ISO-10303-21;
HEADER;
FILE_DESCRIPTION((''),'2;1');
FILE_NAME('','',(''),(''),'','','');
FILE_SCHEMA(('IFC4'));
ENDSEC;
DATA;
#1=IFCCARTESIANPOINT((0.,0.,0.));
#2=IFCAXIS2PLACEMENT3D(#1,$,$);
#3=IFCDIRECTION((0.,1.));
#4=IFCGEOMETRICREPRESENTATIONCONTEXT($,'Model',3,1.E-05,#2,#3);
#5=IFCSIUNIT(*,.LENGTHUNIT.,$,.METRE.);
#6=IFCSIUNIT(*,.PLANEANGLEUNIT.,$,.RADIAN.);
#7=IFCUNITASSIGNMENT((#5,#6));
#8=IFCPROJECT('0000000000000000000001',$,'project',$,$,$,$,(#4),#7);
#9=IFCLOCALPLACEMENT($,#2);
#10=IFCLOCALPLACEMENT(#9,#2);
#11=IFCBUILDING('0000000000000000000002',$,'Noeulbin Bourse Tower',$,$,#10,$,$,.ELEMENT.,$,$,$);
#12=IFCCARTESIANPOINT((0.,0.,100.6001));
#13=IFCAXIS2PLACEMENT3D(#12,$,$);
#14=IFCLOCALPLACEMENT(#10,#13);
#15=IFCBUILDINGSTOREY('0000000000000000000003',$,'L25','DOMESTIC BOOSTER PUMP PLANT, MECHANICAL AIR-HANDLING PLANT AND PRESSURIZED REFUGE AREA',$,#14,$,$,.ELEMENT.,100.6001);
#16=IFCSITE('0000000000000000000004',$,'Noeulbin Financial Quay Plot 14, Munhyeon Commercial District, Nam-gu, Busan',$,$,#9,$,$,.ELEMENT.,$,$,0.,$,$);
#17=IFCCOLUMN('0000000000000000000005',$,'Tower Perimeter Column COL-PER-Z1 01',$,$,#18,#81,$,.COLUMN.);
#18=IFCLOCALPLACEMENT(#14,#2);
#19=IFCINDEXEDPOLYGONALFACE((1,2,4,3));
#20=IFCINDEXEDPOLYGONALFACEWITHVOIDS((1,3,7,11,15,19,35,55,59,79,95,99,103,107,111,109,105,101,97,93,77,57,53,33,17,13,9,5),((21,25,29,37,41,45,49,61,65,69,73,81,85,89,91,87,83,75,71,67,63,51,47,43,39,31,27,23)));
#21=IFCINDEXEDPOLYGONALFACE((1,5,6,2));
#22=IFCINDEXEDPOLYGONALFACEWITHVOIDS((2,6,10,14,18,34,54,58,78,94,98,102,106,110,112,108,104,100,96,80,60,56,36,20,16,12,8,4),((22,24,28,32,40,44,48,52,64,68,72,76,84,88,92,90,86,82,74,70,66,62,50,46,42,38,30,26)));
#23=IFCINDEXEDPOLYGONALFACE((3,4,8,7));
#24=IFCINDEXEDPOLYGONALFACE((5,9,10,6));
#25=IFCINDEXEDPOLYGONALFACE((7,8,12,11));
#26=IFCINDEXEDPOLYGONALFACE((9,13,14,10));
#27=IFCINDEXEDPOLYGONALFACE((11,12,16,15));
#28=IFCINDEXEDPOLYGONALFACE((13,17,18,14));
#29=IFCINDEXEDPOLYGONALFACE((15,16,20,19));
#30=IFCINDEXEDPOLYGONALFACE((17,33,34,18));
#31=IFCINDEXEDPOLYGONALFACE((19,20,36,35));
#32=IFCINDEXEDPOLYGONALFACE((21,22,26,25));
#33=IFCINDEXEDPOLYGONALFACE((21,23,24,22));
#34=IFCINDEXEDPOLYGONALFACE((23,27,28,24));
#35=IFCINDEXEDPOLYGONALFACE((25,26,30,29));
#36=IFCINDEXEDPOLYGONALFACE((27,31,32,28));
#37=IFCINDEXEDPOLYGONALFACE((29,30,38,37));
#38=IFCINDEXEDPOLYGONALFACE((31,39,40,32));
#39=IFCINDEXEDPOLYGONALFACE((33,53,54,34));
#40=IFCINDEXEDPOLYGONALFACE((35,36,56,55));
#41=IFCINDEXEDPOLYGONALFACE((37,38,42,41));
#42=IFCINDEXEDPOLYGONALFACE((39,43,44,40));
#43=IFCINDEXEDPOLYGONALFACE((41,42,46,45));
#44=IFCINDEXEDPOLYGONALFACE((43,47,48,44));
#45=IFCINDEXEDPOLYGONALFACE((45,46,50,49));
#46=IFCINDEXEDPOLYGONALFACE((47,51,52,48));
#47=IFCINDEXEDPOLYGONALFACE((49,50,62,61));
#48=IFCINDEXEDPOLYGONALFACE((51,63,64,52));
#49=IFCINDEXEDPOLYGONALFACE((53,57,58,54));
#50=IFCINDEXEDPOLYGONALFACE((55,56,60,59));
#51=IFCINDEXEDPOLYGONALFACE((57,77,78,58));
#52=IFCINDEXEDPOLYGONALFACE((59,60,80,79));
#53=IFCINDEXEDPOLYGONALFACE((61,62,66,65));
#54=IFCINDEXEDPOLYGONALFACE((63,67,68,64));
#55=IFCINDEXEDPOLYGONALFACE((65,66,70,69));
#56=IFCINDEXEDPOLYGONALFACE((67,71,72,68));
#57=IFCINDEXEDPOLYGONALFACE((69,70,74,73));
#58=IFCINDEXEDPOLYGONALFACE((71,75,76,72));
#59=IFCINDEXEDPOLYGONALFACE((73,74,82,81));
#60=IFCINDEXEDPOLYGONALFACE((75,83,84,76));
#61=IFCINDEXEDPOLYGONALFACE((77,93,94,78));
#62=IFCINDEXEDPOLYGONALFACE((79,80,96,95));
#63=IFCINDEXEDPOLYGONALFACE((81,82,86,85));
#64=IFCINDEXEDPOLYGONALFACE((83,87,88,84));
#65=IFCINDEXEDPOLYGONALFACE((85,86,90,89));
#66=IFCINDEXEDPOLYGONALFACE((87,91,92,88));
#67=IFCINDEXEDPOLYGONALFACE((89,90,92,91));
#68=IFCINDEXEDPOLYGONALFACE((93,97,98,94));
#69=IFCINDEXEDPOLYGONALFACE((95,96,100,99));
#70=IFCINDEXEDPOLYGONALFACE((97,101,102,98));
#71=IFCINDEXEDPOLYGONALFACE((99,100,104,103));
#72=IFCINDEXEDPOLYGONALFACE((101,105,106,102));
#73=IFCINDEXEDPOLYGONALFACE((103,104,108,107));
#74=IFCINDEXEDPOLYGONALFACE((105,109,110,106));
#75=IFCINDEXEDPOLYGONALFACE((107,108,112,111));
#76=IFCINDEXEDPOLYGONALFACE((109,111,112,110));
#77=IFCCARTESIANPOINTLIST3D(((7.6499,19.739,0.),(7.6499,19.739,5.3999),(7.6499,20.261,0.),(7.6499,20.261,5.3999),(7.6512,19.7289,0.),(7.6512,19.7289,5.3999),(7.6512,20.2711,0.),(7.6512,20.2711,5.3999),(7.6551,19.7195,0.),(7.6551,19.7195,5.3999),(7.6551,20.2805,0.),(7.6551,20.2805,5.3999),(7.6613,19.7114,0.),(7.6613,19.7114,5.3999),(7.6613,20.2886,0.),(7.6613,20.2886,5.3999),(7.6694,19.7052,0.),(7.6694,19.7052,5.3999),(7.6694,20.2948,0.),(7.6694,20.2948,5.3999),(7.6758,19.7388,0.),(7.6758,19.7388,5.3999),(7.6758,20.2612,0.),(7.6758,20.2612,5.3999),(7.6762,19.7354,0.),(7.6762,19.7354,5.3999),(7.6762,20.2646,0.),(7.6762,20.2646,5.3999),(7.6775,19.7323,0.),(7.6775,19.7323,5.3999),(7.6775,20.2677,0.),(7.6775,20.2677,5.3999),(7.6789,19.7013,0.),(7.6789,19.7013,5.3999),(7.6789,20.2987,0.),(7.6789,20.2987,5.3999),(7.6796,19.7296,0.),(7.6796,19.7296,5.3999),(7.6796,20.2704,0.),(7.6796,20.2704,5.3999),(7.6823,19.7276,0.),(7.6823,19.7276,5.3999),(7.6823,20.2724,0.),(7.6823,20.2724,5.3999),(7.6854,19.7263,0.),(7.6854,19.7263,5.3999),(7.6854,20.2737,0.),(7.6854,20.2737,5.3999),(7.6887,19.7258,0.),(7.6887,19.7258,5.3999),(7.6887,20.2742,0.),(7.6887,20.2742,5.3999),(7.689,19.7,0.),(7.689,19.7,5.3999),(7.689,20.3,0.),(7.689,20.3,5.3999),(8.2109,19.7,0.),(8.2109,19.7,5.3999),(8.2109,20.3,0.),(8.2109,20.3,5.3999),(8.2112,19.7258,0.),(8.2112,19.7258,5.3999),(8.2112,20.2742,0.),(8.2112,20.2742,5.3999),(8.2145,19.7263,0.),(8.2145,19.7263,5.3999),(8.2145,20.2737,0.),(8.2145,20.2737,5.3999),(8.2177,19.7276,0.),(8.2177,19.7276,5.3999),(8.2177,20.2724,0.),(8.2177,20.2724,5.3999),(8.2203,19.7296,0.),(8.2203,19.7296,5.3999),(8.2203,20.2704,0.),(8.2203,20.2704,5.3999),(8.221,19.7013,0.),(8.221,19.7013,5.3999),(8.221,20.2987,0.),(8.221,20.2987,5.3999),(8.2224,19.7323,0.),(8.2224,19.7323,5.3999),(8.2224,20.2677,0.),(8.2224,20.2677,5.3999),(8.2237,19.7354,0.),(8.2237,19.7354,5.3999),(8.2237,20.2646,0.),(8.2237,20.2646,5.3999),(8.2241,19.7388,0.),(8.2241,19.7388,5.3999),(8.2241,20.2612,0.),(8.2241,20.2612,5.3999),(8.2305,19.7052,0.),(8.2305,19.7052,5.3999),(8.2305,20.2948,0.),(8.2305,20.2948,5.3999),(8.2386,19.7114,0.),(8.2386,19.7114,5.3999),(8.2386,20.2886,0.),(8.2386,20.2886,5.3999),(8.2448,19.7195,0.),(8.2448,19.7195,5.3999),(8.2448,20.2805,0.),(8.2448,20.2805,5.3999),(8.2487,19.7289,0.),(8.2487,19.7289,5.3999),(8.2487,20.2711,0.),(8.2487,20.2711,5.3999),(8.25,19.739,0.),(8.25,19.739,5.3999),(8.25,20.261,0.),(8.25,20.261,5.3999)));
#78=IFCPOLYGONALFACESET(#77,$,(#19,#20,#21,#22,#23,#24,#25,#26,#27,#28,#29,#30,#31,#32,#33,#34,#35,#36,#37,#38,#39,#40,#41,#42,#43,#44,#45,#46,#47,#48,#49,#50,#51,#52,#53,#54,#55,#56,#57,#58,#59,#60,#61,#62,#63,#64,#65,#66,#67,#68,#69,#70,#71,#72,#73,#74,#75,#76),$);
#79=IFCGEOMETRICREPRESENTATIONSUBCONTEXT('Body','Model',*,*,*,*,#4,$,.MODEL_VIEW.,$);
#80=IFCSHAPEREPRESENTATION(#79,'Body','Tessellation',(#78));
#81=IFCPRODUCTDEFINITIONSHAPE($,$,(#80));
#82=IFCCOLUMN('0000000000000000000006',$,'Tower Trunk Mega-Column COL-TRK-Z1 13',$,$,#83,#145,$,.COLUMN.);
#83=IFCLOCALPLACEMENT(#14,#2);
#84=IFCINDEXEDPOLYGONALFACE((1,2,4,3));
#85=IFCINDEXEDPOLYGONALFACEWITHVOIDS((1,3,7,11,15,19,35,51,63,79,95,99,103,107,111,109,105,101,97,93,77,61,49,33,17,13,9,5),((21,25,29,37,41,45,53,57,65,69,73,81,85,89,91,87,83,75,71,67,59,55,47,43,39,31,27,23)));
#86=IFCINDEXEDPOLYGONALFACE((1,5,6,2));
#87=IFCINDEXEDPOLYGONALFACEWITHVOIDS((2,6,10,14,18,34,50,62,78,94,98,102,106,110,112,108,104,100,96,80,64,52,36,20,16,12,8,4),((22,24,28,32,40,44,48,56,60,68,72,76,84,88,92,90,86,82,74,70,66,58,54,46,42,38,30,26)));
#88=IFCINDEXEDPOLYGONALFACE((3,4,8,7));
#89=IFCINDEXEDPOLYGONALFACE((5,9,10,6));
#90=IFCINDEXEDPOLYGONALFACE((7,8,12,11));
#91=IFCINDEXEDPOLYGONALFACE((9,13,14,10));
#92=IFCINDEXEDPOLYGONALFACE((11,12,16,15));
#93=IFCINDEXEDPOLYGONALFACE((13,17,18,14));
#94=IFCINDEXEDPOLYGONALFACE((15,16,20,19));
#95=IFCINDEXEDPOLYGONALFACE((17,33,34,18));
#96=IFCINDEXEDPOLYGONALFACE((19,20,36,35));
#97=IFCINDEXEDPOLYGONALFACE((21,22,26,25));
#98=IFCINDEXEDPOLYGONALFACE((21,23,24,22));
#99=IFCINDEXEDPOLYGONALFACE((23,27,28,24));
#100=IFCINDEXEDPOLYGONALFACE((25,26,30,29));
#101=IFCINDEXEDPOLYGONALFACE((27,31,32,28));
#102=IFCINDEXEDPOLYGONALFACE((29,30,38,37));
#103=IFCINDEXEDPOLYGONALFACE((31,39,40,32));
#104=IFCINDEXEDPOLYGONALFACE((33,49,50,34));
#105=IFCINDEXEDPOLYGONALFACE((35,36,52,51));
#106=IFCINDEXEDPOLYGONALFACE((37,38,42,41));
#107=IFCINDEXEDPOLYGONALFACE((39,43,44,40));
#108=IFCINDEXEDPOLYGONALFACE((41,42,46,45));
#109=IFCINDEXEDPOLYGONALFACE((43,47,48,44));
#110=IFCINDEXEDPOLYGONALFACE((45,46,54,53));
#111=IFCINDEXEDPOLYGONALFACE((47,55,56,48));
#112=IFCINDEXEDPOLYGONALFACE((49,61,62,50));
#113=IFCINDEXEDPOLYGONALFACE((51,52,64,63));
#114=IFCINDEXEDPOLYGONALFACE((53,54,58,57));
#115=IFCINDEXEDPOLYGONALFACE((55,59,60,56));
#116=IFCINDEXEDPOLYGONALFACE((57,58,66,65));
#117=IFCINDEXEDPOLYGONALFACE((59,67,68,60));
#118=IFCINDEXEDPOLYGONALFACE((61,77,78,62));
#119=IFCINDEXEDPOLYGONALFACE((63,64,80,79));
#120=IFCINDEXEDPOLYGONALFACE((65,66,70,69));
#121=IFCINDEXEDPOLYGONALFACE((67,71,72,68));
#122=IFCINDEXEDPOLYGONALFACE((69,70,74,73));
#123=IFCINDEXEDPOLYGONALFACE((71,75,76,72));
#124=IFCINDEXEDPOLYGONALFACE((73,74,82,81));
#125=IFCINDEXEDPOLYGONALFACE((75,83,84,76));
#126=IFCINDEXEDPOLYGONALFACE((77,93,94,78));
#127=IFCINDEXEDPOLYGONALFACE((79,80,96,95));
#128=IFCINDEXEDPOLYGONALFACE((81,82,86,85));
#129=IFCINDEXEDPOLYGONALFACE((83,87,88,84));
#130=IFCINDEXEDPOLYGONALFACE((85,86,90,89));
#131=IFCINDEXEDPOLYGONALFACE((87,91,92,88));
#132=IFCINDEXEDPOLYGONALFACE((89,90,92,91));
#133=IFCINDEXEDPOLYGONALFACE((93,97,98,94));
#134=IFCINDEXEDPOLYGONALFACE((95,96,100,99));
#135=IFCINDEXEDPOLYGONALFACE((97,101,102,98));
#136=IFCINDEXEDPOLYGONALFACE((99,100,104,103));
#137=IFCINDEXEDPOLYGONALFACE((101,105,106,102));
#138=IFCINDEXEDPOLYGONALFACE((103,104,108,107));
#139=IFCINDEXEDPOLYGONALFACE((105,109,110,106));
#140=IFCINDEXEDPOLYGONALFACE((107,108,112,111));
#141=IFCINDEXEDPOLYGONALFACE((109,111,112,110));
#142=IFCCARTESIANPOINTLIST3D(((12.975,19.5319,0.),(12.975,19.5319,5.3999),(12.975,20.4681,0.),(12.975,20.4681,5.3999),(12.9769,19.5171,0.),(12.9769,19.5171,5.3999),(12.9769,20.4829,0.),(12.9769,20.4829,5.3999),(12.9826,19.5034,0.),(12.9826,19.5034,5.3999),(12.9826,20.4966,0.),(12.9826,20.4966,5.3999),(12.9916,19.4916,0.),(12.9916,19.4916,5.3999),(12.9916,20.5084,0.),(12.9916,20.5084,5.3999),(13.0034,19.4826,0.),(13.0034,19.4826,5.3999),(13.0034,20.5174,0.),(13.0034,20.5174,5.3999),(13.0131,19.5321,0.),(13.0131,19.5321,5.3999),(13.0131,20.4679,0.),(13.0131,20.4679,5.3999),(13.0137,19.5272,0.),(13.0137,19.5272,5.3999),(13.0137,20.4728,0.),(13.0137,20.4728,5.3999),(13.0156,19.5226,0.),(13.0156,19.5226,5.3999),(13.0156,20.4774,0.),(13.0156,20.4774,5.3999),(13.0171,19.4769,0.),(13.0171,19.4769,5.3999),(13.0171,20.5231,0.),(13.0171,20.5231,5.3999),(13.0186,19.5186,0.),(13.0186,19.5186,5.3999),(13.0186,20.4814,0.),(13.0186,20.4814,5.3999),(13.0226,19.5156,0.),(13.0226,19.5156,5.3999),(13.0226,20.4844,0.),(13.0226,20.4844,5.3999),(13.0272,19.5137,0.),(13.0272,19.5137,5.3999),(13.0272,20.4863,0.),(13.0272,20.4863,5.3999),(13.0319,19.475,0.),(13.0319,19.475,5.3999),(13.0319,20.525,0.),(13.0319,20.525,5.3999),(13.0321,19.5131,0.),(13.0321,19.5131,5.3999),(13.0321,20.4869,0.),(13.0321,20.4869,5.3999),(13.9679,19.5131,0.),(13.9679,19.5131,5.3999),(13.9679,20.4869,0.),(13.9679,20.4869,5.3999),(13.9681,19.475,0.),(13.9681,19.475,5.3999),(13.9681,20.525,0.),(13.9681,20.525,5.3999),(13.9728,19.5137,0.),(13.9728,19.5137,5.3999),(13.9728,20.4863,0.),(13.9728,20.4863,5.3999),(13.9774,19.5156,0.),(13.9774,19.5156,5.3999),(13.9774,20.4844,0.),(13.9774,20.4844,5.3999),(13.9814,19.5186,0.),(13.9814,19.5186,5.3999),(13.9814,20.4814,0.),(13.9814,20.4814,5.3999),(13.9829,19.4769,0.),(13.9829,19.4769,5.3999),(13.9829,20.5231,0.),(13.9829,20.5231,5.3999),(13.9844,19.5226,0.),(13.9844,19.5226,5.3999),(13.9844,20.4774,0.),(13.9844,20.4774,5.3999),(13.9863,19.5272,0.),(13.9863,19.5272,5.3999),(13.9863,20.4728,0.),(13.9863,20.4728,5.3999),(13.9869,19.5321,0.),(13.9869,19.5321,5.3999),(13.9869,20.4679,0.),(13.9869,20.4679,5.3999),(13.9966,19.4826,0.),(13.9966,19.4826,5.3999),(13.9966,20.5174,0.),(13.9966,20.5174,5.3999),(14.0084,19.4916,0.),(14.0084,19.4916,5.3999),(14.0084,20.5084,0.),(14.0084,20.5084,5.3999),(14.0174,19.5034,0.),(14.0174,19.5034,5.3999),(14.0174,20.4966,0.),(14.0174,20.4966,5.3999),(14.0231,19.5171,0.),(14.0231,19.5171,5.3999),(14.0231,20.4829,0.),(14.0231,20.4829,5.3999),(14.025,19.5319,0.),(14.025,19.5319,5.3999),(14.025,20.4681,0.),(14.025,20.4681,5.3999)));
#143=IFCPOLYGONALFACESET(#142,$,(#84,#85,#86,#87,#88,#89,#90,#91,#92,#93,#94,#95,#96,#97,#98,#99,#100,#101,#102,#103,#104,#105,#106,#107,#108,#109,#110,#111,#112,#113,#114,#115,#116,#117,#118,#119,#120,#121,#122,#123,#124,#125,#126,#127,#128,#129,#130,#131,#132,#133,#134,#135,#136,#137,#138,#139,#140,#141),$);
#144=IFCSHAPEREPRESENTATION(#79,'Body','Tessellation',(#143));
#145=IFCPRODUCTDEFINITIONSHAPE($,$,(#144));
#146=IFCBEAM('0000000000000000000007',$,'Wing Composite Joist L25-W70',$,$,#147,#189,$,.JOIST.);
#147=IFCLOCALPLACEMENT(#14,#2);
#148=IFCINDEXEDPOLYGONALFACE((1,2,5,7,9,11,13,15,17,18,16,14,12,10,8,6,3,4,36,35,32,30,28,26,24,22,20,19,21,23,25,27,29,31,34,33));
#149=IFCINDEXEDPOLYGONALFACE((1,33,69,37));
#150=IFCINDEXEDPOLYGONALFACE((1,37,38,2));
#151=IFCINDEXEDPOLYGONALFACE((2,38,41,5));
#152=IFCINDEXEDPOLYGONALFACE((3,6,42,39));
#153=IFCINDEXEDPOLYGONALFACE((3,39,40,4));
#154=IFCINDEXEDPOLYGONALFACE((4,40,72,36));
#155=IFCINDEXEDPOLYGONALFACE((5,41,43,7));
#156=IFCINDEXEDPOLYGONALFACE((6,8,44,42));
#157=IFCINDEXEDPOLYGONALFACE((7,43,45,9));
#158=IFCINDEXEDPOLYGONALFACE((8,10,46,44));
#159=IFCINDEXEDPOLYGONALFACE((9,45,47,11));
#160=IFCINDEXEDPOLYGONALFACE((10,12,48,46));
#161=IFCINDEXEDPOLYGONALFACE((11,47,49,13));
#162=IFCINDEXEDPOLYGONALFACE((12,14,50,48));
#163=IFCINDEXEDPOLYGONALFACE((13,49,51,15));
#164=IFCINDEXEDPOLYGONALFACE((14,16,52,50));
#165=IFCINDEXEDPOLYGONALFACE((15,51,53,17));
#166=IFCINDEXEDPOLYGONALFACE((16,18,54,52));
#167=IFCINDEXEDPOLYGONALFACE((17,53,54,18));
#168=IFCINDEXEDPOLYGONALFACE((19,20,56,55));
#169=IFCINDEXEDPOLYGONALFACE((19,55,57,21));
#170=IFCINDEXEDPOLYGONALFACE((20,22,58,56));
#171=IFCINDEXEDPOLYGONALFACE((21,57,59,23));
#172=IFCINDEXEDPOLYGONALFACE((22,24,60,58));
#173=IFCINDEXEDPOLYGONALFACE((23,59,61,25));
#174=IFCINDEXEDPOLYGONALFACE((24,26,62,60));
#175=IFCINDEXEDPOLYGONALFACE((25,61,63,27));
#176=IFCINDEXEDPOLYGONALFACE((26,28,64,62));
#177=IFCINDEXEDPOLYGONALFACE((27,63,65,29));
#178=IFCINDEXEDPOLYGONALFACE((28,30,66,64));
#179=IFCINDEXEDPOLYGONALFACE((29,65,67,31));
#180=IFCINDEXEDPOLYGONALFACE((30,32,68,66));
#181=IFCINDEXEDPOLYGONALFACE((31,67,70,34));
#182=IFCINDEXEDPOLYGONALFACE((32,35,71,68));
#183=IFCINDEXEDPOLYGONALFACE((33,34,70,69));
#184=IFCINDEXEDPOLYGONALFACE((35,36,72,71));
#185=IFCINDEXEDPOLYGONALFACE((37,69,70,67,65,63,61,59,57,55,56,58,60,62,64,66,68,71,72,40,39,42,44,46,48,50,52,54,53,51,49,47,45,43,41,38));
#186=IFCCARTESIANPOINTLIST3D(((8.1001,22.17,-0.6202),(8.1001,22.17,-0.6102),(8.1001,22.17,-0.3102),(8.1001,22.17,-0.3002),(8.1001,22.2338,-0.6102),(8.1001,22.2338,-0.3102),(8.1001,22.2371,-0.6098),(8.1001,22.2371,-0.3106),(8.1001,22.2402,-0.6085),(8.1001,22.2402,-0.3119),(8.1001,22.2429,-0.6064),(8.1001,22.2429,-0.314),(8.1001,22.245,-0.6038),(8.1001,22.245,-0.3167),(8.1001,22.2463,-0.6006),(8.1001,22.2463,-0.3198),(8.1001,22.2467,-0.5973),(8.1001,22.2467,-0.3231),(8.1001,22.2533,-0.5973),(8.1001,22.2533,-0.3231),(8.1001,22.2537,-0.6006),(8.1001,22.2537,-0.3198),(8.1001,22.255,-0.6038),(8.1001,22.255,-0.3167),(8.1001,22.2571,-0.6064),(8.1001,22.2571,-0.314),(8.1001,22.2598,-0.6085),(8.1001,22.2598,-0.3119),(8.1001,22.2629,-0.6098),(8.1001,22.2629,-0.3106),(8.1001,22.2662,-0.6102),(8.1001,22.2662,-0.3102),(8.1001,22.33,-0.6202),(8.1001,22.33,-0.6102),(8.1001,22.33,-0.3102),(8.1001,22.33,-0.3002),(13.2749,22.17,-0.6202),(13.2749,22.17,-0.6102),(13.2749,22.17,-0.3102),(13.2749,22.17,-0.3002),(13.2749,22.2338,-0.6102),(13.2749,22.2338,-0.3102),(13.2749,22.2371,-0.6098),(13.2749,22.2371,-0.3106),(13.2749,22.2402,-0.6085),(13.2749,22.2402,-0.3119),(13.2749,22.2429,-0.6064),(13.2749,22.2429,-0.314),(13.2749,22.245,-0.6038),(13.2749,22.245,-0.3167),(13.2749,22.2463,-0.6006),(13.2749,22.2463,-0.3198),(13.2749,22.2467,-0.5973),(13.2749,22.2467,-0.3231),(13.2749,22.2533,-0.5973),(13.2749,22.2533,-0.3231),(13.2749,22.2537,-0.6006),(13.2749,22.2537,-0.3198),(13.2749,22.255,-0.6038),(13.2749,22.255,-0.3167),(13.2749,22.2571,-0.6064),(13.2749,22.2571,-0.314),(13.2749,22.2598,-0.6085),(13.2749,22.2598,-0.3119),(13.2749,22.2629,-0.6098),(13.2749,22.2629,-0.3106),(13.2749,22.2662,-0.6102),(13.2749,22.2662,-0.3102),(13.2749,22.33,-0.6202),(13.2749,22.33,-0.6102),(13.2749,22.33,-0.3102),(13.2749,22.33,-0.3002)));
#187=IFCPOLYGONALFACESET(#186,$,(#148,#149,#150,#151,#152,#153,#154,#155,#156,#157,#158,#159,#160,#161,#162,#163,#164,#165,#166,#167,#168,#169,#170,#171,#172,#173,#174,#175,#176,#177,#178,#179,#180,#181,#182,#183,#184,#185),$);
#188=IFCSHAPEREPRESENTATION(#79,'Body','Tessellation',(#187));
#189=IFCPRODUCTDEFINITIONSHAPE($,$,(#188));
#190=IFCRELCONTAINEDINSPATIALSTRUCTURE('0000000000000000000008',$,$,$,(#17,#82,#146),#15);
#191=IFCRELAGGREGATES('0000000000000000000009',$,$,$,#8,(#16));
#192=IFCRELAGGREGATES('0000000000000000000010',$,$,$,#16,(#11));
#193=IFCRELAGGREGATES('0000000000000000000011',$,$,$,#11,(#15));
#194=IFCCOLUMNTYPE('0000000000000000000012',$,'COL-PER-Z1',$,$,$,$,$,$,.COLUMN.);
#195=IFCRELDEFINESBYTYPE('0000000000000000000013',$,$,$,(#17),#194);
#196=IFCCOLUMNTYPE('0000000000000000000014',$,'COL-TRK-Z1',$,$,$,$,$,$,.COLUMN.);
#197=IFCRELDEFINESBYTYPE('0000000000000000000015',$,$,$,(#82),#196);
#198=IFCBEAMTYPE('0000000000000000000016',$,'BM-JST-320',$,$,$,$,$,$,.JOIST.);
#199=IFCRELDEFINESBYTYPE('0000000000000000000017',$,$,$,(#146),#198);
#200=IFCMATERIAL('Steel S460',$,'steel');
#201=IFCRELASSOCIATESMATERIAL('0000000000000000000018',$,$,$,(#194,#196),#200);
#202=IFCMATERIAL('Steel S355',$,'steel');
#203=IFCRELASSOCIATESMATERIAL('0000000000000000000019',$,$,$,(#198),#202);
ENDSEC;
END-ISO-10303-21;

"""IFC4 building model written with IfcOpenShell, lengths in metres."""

from ifc_helpers import new_model, si_unit, direction, frame, origin, origin_2d, place, context, subcontext, project, spatial, hollow_rectangle, i_section, extrude, material, material_profile, profile_set, type_object, element, save


model = new_model("IFC4")

# Units and contexts
model_context = context("Model", 3, precision=1e-05, world=origin(), true_north=direction((0.0, 1.0)))
body_context = subcontext(model_context, "Body", "Model", "MODEL_VIEW")
ifc_project = project(units=[si_unit("LENGTHUNIT", "METRE"), si_unit("PLANEANGLEUNIT", "RADIAN")], contexts=[model_context])

# Site, building, storey
site_placement = place(None, origin())
site = spatial("IfcSite", under=ifc_project, at=site_placement, Name="Noeulbin Financial Quay Plot 14, Munhyeon Commercial District, Nam-gu, Busan", CompositionType="ELEMENT", RefElevation=0.0)
building_placement = place(site_placement, origin())
building = spatial("IfcBuilding", under=site, at=building_placement, Name="Noeulbin Bourse Tower", CompositionType="ELEMENT")
storey_placement = place(building_placement, frame((0.0, 0.0, 100.6001)))
storey = spatial("IfcBuildingStorey", under=building, at=storey_placement, Name="L25", Description="DOMESTIC BOOSTER PUMP PLANT, MECHANICAL AIR-HANDLING PLANT AND PRESSURIZED REFUGE AREA", CompositionType="ELEMENT", Elevation=100.6001)

# Columns
ifc_material_1 = material(Name="Steel S460", Category="steel")
ifc_material_profile_1 = material_profile(ifc_material_1, hollow_rectangle(XDim=0.6001, YDim=0.6001, WallThickness=0.0259, InnerFilletRadius=0.0129, OuterFilletRadius=0.0391, at=origin_2d()), Name="BOX-600x600x26", Category="LoadBearing")
ifc_profile_set_1 = profile_set([ifc_material_profile_1], Name="Steel S460")
column_type_1 = type_object("IfcColumnType", Name="COL-PER-Z1", PredefinedType="COLUMN", material=ifc_profile_set_1)
column_1_placement = place(storey_placement, frame((7.95, 20.0, 0.0), z_axis=(0.0, 0.0, 1.0), x_axis=(1.0, 0.0, 0.0)))
element("IfcColumn", 1, at=column_1_placement, inside=storey, type_object=column_type_1, Name="Tower Perimeter Column COL-PER-Z1 01", PredefinedType="COLUMN", context=body_context, shape_type="SweptSolid", body=[
    extrude(hollow_rectangle(XDim=0.6001, YDim=0.6001, WallThickness=0.0259, InnerFilletRadius=0.0129, OuterFilletRadius=0.0391, at=origin_2d()), origin(), (0.0, 0.0, 1.0), 5.3999),
])
ifc_material_profile_2 = material_profile(ifc_material_1, hollow_rectangle(XDim=1.05, YDim=1.05, WallThickness=0.0381, InnerFilletRadius=0.019, OuterFilletRadius=0.0569, at=origin_2d()), Name="BOX-1050x1050x38", Category="LoadBearing")
ifc_profile_set_2 = profile_set([ifc_material_profile_2], Name="Steel S460")
column_type_2 = type_object("IfcColumnType", Name="COL-TRK-Z1", PredefinedType="COLUMN", material=ifc_profile_set_2)
column_2_placement = place(storey_placement, frame((13.5, 20.0, 0.0), z_axis=(0.0, 0.0, 1.0), x_axis=(1.0, 0.0, 0.0)))
element("IfcColumn", 2, at=column_2_placement, inside=storey, type_object=column_type_2, Name="Tower Trunk Mega-Column COL-TRK-Z1 13", PredefinedType="COLUMN", context=body_context, shape_type="SweptSolid", body=[
    extrude(hollow_rectangle(XDim=1.05, YDim=1.05, WallThickness=0.0381, InnerFilletRadius=0.019, OuterFilletRadius=0.0569, at=origin_2d()), origin(), (0.0, 0.0, 1.0), 5.3999),
])

# Beam
ifc_material_2 = material(Name="Steel S355", Category="steel")
ifc_material_profile_3 = material_profile(ifc_material_2, i_section(OverallWidth=0.1599, OverallDepth=0.3201, WebThickness=0.0066, FlangeThickness=0.01, FilletRadius=0.0129, at=origin_2d()), Name="H-320x160x6.5x10", Category="LoadBearing")
ifc_profile_set_3 = profile_set([ifc_material_profile_3], Name="Steel S355")
beam_type_1 = type_object("IfcBeamType", Name="BM-JST-320", PredefinedType="JOIST", material=ifc_profile_set_3)
beam_1_placement = place(storey_placement, frame((8.1001, 22.25, -0.4602), z_axis=(1.0, 0.0, 0.0), x_axis=(0.0, 1.0, 0.0)))
element("IfcBeam", 3, at=beam_1_placement, inside=storey, type_object=beam_type_1, Name="Wing Composite Joist L25-W70", PredefinedType="JOIST", context=body_context, shape_type="SweptSolid", body=[
    extrude(i_section(OverallWidth=0.1599, OverallDepth=0.3201, WebThickness=0.0066, FlangeThickness=0.01, FilletRadius=0.0129, at=origin_2d()), origin(), (0.0, 0.0, 1.0), 5.1748),
])

save(model, "model.ifc")
